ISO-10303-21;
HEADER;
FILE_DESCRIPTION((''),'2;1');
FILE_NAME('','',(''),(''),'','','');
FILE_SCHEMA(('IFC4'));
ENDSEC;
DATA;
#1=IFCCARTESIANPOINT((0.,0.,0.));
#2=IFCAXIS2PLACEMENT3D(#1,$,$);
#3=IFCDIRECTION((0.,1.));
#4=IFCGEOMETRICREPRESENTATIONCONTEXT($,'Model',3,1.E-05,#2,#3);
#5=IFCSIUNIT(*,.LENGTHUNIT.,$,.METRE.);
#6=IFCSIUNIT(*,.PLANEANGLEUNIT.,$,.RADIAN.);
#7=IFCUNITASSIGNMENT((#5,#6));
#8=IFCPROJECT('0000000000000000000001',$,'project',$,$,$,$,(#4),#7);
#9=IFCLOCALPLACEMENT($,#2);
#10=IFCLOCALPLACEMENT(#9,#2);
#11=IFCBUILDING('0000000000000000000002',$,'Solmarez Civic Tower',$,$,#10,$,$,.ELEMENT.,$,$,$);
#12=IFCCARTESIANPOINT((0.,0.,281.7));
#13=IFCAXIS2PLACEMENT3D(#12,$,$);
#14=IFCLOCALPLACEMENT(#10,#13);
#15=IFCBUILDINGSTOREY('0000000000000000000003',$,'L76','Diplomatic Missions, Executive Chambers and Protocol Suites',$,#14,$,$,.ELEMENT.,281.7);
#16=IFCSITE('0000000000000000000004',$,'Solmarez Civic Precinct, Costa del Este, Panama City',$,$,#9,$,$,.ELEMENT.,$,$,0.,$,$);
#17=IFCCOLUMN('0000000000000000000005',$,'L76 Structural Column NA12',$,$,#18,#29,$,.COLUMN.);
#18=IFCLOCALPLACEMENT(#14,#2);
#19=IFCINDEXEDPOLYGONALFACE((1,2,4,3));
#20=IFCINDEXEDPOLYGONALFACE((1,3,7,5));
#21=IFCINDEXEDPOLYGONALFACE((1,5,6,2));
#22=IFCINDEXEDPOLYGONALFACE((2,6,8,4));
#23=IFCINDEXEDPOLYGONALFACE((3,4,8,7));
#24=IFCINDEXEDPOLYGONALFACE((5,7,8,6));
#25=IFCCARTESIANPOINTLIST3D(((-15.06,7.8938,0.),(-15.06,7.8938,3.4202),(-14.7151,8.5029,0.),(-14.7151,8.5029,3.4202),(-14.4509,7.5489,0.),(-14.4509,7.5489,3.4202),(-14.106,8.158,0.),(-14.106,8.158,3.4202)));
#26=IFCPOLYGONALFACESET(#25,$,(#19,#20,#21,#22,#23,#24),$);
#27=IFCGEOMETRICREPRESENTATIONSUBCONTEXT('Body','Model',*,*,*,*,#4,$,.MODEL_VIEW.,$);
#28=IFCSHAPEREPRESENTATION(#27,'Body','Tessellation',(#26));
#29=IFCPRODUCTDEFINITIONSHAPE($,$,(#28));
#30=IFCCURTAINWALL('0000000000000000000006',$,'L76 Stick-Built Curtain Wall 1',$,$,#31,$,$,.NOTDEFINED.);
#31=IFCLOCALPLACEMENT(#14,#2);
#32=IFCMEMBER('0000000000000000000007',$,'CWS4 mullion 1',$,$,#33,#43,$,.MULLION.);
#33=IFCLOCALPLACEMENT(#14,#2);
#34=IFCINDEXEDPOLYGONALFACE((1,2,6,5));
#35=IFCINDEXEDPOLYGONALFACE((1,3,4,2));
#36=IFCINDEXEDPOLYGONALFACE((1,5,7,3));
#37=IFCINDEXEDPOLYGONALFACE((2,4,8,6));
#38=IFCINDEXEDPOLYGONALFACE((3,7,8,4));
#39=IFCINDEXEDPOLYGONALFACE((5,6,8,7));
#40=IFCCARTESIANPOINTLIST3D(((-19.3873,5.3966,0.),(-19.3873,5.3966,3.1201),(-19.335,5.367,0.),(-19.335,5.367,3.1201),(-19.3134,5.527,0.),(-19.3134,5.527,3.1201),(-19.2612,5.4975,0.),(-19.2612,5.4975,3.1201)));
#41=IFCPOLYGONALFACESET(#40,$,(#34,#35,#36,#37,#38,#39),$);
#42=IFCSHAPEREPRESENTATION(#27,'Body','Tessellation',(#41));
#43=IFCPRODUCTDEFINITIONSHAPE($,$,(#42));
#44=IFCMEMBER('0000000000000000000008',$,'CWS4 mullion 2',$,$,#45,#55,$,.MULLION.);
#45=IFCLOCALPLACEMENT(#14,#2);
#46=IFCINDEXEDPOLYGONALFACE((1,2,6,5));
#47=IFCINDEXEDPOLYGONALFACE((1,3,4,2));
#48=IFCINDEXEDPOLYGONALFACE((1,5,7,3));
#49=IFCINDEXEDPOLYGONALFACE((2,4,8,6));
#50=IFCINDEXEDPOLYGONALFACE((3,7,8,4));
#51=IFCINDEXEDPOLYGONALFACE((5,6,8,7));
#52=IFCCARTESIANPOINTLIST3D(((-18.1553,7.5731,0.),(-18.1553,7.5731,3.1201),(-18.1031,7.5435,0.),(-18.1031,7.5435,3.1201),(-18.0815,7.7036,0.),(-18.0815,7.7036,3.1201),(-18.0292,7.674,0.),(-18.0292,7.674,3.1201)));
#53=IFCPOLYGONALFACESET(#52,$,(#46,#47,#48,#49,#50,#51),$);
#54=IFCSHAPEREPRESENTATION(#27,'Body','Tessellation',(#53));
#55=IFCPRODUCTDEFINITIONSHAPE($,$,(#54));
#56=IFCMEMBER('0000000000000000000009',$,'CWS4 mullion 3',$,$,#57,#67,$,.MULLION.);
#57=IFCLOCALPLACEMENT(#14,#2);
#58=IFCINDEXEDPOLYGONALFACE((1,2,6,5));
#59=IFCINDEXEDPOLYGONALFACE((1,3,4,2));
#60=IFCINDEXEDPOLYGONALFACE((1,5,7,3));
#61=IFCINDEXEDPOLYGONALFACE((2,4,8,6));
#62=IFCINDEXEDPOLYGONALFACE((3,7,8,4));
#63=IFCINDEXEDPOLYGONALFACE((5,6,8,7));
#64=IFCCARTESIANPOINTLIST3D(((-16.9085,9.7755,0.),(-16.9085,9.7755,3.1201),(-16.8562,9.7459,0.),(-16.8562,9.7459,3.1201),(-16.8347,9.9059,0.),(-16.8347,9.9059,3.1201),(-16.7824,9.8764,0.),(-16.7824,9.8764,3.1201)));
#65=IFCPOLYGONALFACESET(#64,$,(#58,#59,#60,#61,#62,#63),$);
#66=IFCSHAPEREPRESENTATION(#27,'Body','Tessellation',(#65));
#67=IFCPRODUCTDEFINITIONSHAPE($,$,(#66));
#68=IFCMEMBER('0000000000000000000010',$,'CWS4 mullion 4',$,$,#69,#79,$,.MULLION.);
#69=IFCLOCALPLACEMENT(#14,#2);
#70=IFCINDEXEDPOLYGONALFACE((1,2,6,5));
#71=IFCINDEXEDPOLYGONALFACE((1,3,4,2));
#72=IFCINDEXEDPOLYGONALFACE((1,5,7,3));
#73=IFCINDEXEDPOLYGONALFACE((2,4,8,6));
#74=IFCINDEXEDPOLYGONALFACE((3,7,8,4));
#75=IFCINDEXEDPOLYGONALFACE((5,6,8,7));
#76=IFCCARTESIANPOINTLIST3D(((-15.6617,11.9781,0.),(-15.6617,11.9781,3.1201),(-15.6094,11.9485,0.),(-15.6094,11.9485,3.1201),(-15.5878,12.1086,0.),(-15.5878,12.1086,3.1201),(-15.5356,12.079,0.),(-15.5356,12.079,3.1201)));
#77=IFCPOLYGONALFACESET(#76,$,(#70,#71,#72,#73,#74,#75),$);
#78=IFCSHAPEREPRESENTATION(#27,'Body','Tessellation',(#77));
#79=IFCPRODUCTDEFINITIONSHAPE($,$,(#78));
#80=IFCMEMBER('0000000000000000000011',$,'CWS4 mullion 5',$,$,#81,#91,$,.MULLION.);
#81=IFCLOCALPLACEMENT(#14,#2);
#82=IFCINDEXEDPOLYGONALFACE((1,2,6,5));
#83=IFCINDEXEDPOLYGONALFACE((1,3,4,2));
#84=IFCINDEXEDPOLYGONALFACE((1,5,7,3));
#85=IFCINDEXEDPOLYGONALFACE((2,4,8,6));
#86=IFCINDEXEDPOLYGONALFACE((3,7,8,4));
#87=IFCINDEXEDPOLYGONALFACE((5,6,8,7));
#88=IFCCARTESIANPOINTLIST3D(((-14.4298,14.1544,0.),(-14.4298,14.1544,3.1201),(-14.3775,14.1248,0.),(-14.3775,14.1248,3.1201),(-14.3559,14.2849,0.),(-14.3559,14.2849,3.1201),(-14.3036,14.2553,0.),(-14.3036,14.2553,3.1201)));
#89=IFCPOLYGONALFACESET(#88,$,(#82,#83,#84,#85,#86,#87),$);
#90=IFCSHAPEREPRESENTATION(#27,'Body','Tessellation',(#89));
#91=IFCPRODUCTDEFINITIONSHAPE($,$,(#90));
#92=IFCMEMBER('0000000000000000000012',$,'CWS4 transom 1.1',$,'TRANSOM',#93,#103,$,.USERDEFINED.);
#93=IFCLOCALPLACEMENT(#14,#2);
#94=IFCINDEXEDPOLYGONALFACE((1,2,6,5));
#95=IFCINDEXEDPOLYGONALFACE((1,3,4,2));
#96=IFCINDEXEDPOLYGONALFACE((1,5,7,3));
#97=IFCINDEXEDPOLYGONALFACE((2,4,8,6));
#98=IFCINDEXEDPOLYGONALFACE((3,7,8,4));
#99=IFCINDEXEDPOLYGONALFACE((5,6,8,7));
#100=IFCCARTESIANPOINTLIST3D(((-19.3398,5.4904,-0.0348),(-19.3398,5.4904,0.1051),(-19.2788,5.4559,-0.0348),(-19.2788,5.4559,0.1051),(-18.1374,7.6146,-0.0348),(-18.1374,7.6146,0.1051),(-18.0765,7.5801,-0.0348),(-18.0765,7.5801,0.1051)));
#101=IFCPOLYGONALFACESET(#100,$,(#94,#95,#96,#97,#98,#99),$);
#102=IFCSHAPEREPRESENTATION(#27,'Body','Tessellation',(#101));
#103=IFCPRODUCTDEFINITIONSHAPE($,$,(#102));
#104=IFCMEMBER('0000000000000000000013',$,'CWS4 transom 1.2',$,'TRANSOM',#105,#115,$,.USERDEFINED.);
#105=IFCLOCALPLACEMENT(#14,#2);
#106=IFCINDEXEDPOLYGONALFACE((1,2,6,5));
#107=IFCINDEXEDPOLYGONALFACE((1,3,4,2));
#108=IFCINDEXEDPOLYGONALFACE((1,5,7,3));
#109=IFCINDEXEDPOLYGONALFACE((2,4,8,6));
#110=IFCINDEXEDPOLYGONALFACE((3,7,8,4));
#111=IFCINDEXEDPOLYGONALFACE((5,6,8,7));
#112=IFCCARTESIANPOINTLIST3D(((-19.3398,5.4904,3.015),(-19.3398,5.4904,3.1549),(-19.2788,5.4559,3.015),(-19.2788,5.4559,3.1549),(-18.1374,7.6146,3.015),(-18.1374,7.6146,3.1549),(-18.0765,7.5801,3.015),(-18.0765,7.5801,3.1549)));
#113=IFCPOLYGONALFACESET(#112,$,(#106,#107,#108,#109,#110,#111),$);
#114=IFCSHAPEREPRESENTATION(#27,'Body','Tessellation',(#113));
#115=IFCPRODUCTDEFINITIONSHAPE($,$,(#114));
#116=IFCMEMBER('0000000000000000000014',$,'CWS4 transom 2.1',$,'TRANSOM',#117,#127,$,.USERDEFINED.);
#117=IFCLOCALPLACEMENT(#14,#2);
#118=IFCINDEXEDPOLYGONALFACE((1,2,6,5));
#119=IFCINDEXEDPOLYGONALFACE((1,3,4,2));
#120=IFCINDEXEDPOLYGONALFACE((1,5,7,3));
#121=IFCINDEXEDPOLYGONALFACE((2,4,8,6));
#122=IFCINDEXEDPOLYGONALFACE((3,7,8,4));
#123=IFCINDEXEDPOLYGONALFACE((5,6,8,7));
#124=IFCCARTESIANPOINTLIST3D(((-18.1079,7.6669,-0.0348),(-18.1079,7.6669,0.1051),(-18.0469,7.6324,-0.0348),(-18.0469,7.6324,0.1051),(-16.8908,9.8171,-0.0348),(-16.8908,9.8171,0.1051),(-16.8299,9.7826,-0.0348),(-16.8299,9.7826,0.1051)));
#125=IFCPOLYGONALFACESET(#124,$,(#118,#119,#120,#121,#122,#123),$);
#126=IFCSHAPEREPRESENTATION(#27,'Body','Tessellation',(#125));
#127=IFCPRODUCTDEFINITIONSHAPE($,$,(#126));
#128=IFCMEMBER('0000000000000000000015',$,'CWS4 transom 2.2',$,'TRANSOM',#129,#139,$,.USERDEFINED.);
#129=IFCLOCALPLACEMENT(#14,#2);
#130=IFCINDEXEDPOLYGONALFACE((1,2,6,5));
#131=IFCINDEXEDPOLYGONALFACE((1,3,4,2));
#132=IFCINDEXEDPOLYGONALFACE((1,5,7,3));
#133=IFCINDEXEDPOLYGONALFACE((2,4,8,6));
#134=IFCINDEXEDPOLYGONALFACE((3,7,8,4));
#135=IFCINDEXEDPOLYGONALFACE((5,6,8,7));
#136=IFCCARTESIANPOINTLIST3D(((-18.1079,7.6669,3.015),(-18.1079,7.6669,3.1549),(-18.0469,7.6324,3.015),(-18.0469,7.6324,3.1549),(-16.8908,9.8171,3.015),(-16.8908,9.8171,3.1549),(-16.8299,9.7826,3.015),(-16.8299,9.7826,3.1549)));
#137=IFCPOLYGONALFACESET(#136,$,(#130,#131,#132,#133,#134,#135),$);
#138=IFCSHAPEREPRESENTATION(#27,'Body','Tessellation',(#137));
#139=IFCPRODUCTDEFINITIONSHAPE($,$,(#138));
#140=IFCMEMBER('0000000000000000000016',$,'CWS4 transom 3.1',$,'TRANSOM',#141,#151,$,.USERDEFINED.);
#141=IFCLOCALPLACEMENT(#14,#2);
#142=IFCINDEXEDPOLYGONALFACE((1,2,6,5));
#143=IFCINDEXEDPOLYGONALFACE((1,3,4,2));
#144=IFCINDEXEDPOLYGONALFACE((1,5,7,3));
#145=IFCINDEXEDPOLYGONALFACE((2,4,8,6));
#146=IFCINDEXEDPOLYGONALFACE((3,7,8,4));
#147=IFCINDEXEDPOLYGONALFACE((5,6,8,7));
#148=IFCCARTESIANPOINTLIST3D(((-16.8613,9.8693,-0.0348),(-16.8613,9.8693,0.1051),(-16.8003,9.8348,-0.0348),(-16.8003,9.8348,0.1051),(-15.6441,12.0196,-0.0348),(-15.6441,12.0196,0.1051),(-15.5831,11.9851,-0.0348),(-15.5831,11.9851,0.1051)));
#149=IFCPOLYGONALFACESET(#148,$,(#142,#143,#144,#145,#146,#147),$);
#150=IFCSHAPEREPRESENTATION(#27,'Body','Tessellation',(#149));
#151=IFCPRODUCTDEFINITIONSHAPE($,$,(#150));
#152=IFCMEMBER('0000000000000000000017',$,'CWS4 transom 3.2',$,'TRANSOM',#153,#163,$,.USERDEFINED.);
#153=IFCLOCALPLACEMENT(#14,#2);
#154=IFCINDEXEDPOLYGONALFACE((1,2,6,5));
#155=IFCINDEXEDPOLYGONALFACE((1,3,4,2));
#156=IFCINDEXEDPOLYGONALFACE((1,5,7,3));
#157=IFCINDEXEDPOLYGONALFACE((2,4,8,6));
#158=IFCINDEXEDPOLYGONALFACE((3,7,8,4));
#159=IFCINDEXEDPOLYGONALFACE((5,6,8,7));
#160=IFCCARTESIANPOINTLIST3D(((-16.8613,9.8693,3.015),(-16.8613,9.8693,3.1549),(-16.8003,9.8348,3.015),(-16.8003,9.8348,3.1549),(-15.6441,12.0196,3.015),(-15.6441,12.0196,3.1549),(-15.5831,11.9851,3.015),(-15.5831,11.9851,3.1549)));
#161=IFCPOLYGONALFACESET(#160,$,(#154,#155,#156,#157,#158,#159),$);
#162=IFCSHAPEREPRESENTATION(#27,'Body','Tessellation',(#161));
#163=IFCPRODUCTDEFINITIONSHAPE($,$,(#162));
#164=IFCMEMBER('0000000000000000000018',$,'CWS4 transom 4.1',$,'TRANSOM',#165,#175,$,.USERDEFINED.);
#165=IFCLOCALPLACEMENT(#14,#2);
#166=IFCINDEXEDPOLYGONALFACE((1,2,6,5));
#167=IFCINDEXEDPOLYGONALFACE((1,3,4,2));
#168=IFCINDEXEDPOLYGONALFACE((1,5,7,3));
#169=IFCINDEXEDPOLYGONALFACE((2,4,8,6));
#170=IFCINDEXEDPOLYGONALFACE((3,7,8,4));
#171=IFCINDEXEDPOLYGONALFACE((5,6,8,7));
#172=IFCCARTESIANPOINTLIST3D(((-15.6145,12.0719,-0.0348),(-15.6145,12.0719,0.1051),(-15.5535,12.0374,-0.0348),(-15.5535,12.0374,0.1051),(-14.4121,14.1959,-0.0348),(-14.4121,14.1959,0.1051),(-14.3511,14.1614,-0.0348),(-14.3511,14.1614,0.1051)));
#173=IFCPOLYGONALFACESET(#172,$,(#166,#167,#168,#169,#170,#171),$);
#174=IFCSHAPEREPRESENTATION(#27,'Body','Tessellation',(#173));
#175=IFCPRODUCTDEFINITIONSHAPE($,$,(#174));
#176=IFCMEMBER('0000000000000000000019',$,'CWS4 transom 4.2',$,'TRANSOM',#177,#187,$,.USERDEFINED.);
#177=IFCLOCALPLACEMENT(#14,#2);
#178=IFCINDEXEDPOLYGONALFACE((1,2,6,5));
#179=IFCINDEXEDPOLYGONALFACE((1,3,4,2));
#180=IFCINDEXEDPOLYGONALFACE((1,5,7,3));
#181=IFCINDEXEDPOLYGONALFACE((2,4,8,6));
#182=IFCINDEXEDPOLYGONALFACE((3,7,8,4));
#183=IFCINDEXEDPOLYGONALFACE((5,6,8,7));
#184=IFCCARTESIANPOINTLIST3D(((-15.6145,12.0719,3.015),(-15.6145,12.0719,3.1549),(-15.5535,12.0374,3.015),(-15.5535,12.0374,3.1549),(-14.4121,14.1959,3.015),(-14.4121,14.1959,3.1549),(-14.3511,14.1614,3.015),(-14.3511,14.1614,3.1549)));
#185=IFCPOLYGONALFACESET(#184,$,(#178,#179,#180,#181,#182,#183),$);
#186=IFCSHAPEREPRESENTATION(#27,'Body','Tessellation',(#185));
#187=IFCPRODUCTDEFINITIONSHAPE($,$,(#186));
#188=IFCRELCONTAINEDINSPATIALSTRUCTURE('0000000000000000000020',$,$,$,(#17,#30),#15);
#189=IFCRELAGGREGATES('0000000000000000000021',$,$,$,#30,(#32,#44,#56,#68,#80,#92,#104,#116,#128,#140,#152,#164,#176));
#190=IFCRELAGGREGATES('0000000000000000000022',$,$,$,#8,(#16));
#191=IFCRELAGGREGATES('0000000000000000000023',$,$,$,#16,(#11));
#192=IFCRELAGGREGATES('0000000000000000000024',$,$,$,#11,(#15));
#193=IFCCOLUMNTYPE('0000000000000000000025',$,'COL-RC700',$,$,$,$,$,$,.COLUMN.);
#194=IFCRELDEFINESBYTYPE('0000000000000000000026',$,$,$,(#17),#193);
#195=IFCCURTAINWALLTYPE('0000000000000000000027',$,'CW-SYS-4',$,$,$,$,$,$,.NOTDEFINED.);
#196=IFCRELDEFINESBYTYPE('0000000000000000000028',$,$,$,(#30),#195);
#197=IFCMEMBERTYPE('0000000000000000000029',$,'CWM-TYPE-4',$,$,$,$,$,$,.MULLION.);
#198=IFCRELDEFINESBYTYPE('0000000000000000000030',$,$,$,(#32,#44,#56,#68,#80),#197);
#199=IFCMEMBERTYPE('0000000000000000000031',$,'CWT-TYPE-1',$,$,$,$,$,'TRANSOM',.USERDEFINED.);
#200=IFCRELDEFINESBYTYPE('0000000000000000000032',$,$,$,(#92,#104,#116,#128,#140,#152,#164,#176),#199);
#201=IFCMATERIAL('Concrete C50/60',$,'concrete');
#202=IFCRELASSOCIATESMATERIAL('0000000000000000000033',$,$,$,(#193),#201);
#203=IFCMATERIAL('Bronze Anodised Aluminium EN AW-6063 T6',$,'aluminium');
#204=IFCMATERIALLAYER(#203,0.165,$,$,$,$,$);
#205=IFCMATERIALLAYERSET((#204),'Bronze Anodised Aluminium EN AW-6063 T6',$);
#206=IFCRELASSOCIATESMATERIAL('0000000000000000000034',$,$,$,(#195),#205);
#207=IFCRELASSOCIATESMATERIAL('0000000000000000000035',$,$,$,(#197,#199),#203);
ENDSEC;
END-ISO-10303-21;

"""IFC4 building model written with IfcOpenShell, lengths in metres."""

from ifc_helpers import new_model, si_unit, direction, frame, origin, origin_2d, place, context, subcontext, project, spatial, rectangle, extrude, material, layer, layer_set, material_profile, profile_set, type_object, element, aggregate, save


model = new_model("IFC4")

# Units and contexts
model_context = context("Model", 3, precision=1e-05, world=origin(), true_north=direction((0.0, 1.0)))
body_context = subcontext(model_context, "Body", "Model", "MODEL_VIEW")
ifc_project = project(units=[si_unit("LENGTHUNIT", "METRE"), si_unit("PLANEANGLEUNIT", "RADIAN")], contexts=[model_context])

# Site, building, storey
site_placement = place(None, origin())
site = spatial("IfcSite", under=ifc_project, at=site_placement, Name="Solmarez Civic Precinct, Costa del Este, Panama City", CompositionType="ELEMENT", RefElevation=0.0)
building_placement = place(site_placement, origin())
building = spatial("IfcBuilding", under=site, at=building_placement, Name="Solmarez Civic Tower", CompositionType="ELEMENT")
storey_placement = place(building_placement, frame((0.0, 0.0, 281.7)))
storey = spatial("IfcBuildingStorey", under=building, at=storey_placement, Name="L76", Description="Diplomatic Missions, Executive Chambers and Protocol Suites", CompositionType="ELEMENT", Elevation=281.7)

# Column
ifc_material_1 = material(Name="Concrete C50/60", Category="concrete")
ifc_material_profile_1 = material_profile(ifc_material_1, rectangle(XDim=0.7, YDim=0.7, at=origin_2d()), Name="RC700X700")
ifc_profile_set_1 = profile_set([ifc_material_profile_1], Name="Concrete C50/60")
column_type = type_object("IfcColumnType", Name="COL-RC700", PredefinedType="COLUMN", material=ifc_profile_set_1)
column_placement = place(storey_placement, frame((-14.583, 8.0259, 0.0), z_axis=(0.0, 0.0, 1.0), x_axis=(0.492727, 0.870184, 0.0)))
element("IfcColumn", 1, at=column_placement, inside=storey, type_object=column_type, Name="L76 Structural Column NA12", PredefinedType="COLUMN", context=body_context, shape_type="SweptSolid", body=[
    extrude(rectangle(XDim=0.7, YDim=0.7, at=origin_2d()), origin(), (0.0, 0.0, 1.0), 3.4202),
])

# Curtain wall, members
ifc_material_2 = material(Name="Bronze Anodised Aluminium EN AW-6063 T6", Category="aluminium")
ifc_layer_1 = layer(ifc_material_2, 0.165)
ifc_layer_set_1 = layer_set([ifc_layer_1], Name="Bronze Anodised Aluminium EN AW-6063 T6")
curtain_wall_type = type_object("IfcCurtainWallType", Name="CW-SYS-4", PredefinedType="NOTDEFINED", material=ifc_layer_set_1)
curtain_wall_placement = place(storey_placement, origin())
curtain_wall = element("IfcCurtainWall", 2, at=curtain_wall_placement, inside=storey, type_object=curtain_wall_type, Name="L76 Stick-Built Curtain Wall 1", PredefinedType="NOTDEFINED")
ifc_material_profile_2 = material_profile(ifc_material_2, rectangle(XDim=0.0601, YDim=0.1499, at=origin_2d()), Name="CWM-60X150")
ifc_profile_set_2 = profile_set([ifc_material_profile_2], Name="Bronze Anodised Aluminium EN AW-6063 T6")
member_type_1 = type_object("IfcMemberType", Name="CWM-TYPE-4", PredefinedType="MULLION", material=ifc_profile_set_2)
member_1_placement = place(storey_placement, frame((-19.3242, 5.447, 0.0), z_axis=(0.0, 0.0, 1.0), x_axis=(-0.870248, 0.492614, 0.0)))
member_1 = element("IfcMember", 3, at=member_1_placement, type_object=member_type_1, Name="CWS4 mullion 1", PredefinedType="MULLION", context=body_context, shape_type="SweptSolid", body=[
    extrude(rectangle(XDim=0.0601, YDim=0.1499, at=origin_2d()), origin(), (0.0, 0.0, 1.0), 3.1201),
])
member_2_placement = place(storey_placement, frame((-18.0923, 7.6235, 0.0), z_axis=(0.0, 0.0, 1.0), x_axis=(-0.870248, 0.492614, 0.0)))
member_2 = element("IfcMember", 4, at=member_2_placement, type_object=member_type_1, Name="CWS4 mullion 2", PredefinedType="MULLION", context=body_context, shape_type="SweptSolid", body=[
    extrude(rectangle(XDim=0.0601, YDim=0.1499, at=origin_2d()), origin(), (0.0, 0.0, 1.0), 3.1201),
])
member_3_placement = place(storey_placement, frame((-16.8455, 9.8259, 0.0), z_axis=(0.0, 0.0, 1.0), x_axis=(-0.870248, 0.492614, 0.0)))
member_3 = element("IfcMember", 5, at=member_3_placement, type_object=member_type_1, Name="CWS4 mullion 3", PredefinedType="MULLION", context=body_context, shape_type="SweptSolid", body=[
    extrude(rectangle(XDim=0.0601, YDim=0.1499, at=origin_2d()), origin(), (0.0, 0.0, 1.0), 3.1201),
])
member_4_placement = place(storey_placement, frame((-15.5986, 12.0286, 0.0), z_axis=(0.0, 0.0, 1.0), x_axis=(-0.870248, 0.492614, 0.0)))
member_4 = element("IfcMember", 6, at=member_4_placement, type_object=member_type_1, Name="CWS4 mullion 4", PredefinedType="MULLION", context=body_context, shape_type="SweptSolid", body=[
    extrude(rectangle(XDim=0.0601, YDim=0.1499, at=origin_2d()), origin(), (0.0, 0.0, 1.0), 3.1201),
])
member_5_placement = place(storey_placement, frame((-14.3667, 14.2048, 0.0), z_axis=(0.0, 0.0, 1.0), x_axis=(-0.870248, 0.492614, 0.0)))
member_5 = element("IfcMember", 7, at=member_5_placement, type_object=member_type_1, Name="CWS4 mullion 5", PredefinedType="MULLION", context=body_context, shape_type="SweptSolid", body=[
    extrude(rectangle(XDim=0.0601, YDim=0.1499, at=origin_2d()), origin(), (0.0, 0.0, 1.0), 3.1201),
])
ifc_material_profile_3 = material_profile(ifc_material_2, rectangle(XDim=0.0701, YDim=0.1399, at=origin_2d()), Name="CWT-70X140")
ifc_profile_set_3 = profile_set([ifc_material_profile_3], Name="Bronze Anodised Aluminium EN AW-6063 T6")
member_type_2 = type_object("IfcMemberType", Name="CWT-TYPE-1", ElementType="TRANSOM", PredefinedType="USERDEFINED", material=ifc_profile_set_3)
member_6_placement = place(storey_placement, frame((-19.3093, 5.4731, 0.0352), z_axis=(0.492591, 0.870261, 0.0), x_axis=(-0.870261, 0.492591, 0.0)))
member_6 = element("IfcMember", 8, at=member_6_placement, type_object=member_type_2, Name="CWS4 transom 1.1", ObjectType="TRANSOM", PredefinedType="USERDEFINED", context=body_context, shape_type="SweptSolid", body=[
    extrude(rectangle(XDim=0.0701, YDim=0.1399, at=origin_2d()), origin(), (0.0, 0.0, 1.0), 2.4409),
])
member_7_placement = place(storey_placement, frame((-19.3093, 5.4731, 3.085), z_axis=(0.492591, 0.870261, 0.0), x_axis=(-0.870261, 0.492591, 0.0)))
member_7 = element("IfcMember", 9, at=member_7_placement, type_object=member_type_2, Name="CWS4 transom 1.2", ObjectType="TRANSOM", PredefinedType="USERDEFINED", context=body_context, shape_type="SweptSolid", body=[
    extrude(rectangle(XDim=0.0701, YDim=0.1399, at=origin_2d()), origin(), (0.0, 0.0, 1.0), 2.4409),
])
member_8_placement = place(storey_placement, frame((-18.0774, 7.6497, 0.0352), z_axis=(0.492591, 0.870261, 0.0), x_axis=(-0.870261, 0.492591, 0.0)))
member_8 = element("IfcMember", 10, at=member_8_placement, type_object=member_type_2, Name="CWS4 transom 2.1", ObjectType="TRANSOM", PredefinedType="USERDEFINED", context=body_context, shape_type="SweptSolid", body=[
    extrude(rectangle(XDim=0.0701, YDim=0.1399, at=origin_2d()), origin(), (0.0, 0.0, 1.0), 2.4707),
])
member_9_placement = place(storey_placement, frame((-18.0774, 7.6497, 3.085), z_axis=(0.492591, 0.870261, 0.0), x_axis=(-0.870261, 0.492591, 0.0)))
member_9 = element("IfcMember", 11, at=member_9_placement, type_object=member_type_2, Name="CWS4 transom 2.2", ObjectType="TRANSOM", PredefinedType="USERDEFINED", context=body_context, shape_type="SweptSolid", body=[
    extrude(rectangle(XDim=0.0701, YDim=0.1399, at=origin_2d()), origin(), (0.0, 0.0, 1.0), 2.4707),
])
member_10_placement = place(storey_placement, frame((-16.8308, 9.8521, 0.0352), z_axis=(0.492624, 0.870242, 0.0), x_axis=(-0.870242, 0.492624, 0.0)))
member_10 = element("IfcMember", 12, at=member_10_placement, type_object=member_type_2, Name="CWS4 transom 3.1", ObjectType="TRANSOM", PredefinedType="USERDEFINED", context=body_context, shape_type="SweptSolid", body=[
    extrude(rectangle(XDim=0.0701, YDim=0.1399, at=origin_2d()), origin(), (0.0, 0.0, 1.0), 2.4709),
])
member_11_placement = place(storey_placement, frame((-16.8308, 9.8521, 3.085), z_axis=(0.492624, 0.870242, 0.0), x_axis=(-0.870242, 0.492624, 0.0)))
member_11 = element("IfcMember", 13, at=member_11_placement, type_object=member_type_2, Name="CWS4 transom 3.2", ObjectType="TRANSOM", PredefinedType="USERDEFINED", context=body_context, shape_type="SweptSolid", body=[
    extrude(rectangle(XDim=0.0701, YDim=0.1399, at=origin_2d()), origin(), (0.0, 0.0, 1.0), 2.4709),
])
member_12_placement = place(storey_placement, frame((-15.584, 12.0547, 0.0352), z_axis=(0.492634, 0.870237, 0.0), x_axis=(-0.870237, 0.492634, 0.0)))
member_12 = element("IfcMember", 14, at=member_12_placement, type_object=member_type_2, Name="CWS4 transom 4.1", ObjectType="TRANSOM", PredefinedType="USERDEFINED", context=body_context, shape_type="SweptSolid", body=[
    extrude(rectangle(XDim=0.0701, YDim=0.1399, at=origin_2d()), origin(), (0.0, 0.0, 1.0), 2.4407),
])
member_13_placement = place(storey_placement, frame((-15.584, 12.0547, 3.085), z_axis=(0.492634, 0.870237, 0.0), x_axis=(-0.870237, 0.492634, 0.0)))
member_13 = element("IfcMember", 15, at=member_13_placement, type_object=member_type_2, Name="CWS4 transom 4.2", ObjectType="TRANSOM", PredefinedType="USERDEFINED", context=body_context, shape_type="SweptSolid", body=[
    extrude(rectangle(XDim=0.0701, YDim=0.1399, at=origin_2d()), origin(), (0.0, 0.0, 1.0), 2.4407),
])
aggregate(curtain_wall, [member_1, member_2, member_3, member_4, member_5, member_6, member_7, member_8, member_9, member_10, member_11, member_12, member_13])

save(model, "model.ifc")
